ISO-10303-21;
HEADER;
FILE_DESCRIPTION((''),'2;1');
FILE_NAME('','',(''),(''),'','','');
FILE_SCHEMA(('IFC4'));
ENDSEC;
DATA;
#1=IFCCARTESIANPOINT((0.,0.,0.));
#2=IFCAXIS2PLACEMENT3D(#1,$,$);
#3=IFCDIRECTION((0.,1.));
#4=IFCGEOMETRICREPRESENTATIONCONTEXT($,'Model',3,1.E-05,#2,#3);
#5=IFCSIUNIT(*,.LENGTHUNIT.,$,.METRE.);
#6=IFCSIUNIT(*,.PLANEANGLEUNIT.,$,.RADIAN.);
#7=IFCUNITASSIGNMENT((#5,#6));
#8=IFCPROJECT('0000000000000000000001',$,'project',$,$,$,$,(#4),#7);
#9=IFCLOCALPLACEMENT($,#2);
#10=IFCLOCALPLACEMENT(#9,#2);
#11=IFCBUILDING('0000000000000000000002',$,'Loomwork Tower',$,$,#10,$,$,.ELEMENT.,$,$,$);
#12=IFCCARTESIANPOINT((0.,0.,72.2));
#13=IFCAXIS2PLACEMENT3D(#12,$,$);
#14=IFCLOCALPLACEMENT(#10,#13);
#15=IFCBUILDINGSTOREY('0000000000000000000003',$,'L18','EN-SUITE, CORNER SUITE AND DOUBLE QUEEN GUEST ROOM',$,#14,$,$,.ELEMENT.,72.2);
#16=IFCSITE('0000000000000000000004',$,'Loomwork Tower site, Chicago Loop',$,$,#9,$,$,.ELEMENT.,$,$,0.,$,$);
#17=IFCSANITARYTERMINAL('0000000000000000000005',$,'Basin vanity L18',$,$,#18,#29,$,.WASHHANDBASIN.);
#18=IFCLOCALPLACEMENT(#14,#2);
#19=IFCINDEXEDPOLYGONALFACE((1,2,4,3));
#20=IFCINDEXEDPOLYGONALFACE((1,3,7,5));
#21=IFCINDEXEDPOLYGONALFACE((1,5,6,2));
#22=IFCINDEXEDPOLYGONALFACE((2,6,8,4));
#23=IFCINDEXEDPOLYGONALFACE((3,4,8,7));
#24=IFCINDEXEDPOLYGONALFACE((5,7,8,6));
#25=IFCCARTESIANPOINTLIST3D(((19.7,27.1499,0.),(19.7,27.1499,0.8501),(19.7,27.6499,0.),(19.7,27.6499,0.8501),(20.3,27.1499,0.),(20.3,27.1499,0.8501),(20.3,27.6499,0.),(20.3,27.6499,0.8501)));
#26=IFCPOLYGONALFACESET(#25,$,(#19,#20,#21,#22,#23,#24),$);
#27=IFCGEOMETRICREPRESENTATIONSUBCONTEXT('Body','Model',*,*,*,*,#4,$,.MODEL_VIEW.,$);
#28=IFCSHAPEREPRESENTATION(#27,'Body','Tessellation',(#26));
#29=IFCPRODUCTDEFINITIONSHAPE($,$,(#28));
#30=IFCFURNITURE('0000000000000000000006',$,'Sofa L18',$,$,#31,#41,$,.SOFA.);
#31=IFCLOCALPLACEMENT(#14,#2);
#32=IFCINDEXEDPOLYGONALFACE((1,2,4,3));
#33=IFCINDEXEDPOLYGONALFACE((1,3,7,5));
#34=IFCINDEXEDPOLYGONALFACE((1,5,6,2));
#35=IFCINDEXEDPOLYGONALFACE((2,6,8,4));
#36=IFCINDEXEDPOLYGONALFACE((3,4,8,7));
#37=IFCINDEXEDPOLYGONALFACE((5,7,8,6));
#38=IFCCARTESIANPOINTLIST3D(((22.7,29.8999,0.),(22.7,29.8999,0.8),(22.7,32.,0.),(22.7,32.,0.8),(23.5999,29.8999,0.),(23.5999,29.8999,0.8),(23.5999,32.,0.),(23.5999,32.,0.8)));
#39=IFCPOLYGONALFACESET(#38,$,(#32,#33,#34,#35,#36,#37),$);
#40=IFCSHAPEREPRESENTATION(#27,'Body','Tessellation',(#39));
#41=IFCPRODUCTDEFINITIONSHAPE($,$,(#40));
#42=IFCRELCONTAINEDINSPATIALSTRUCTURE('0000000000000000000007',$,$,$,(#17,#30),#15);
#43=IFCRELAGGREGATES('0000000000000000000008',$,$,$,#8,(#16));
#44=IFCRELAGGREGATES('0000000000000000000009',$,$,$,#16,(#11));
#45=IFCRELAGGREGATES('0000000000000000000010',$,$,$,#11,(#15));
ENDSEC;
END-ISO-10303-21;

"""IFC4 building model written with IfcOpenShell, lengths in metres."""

from ifc_helpers import new_model, si_unit, direction, frame, origin, origin_2d, place, context, subcontext, project, spatial, rectangle, extrude, element, save


model = new_model("IFC4")

# Units and contexts
model_context = context("Model", 3, precision=1e-05, world=origin(), true_north=direction((0.0, 1.0)))
body_context = subcontext(model_context, "Body", "Model", "MODEL_VIEW")
ifc_project = project(units=[si_unit("LENGTHUNIT", "METRE"), si_unit("PLANEANGLEUNIT", "RADIAN")], contexts=[model_context])

# Site, building, storey
site_placement = place(None, origin())
site = spatial("IfcSite", under=ifc_project, at=site_placement, Name="Loomwork Tower site, Chicago Loop", CompositionType="ELEMENT", RefElevation=0.0)
building_placement = place(site_placement, origin())
building = spatial("IfcBuilding", under=site, at=building_placement, Name="Loomwork Tower", CompositionType="ELEMENT")
storey_placement = place(building_placement, frame((0.0, 0.0, 72.2)))
storey = spatial("IfcBuildingStorey", under=building, at=storey_placement, Name="L18", Description="EN-SUITE, CORNER SUITE AND DOUBLE QUEEN GUEST ROOM", CompositionType="ELEMENT", Elevation=72.2)

# Sanitary terminal
sanitary_terminal_1_placement = place(storey_placement, frame((20.0, 27.3999, 0.0), z_axis=(0.0, 0.0, 1.0), x_axis=(1.0, 0.0, 0.0)))
element("IfcSanitaryTerminal", 1, at=sanitary_terminal_1_placement, inside=storey, Name="Basin vanity L18", PredefinedType="WASHHANDBASIN", context=body_context, shape_type="SweptSolid", body=[
    extrude(rectangle(XDim=0.6001, YDim=0.5, at=origin_2d()), origin(), (0.0, 0.0, 1.0), 0.8501),
])

# Furniture
furniture_placement = place(storey_placement, frame((23.1499, 30.95, 0.0), z_axis=(0.0, 0.0, 1.0), x_axis=(1.0, 0.0, 0.0)))
element("IfcFurniture", 2, at=furniture_placement, inside=storey, Name="Sofa L18", PredefinedType="SOFA", context=body_context, shape_type="SweptSolid", body=[
    extrude(rectangle(XDim=0.8999, YDim=2.1001, at=origin_2d()), origin(), (0.0, 0.0, 1.0), 0.8),
])

save(model, "model.ifc")
